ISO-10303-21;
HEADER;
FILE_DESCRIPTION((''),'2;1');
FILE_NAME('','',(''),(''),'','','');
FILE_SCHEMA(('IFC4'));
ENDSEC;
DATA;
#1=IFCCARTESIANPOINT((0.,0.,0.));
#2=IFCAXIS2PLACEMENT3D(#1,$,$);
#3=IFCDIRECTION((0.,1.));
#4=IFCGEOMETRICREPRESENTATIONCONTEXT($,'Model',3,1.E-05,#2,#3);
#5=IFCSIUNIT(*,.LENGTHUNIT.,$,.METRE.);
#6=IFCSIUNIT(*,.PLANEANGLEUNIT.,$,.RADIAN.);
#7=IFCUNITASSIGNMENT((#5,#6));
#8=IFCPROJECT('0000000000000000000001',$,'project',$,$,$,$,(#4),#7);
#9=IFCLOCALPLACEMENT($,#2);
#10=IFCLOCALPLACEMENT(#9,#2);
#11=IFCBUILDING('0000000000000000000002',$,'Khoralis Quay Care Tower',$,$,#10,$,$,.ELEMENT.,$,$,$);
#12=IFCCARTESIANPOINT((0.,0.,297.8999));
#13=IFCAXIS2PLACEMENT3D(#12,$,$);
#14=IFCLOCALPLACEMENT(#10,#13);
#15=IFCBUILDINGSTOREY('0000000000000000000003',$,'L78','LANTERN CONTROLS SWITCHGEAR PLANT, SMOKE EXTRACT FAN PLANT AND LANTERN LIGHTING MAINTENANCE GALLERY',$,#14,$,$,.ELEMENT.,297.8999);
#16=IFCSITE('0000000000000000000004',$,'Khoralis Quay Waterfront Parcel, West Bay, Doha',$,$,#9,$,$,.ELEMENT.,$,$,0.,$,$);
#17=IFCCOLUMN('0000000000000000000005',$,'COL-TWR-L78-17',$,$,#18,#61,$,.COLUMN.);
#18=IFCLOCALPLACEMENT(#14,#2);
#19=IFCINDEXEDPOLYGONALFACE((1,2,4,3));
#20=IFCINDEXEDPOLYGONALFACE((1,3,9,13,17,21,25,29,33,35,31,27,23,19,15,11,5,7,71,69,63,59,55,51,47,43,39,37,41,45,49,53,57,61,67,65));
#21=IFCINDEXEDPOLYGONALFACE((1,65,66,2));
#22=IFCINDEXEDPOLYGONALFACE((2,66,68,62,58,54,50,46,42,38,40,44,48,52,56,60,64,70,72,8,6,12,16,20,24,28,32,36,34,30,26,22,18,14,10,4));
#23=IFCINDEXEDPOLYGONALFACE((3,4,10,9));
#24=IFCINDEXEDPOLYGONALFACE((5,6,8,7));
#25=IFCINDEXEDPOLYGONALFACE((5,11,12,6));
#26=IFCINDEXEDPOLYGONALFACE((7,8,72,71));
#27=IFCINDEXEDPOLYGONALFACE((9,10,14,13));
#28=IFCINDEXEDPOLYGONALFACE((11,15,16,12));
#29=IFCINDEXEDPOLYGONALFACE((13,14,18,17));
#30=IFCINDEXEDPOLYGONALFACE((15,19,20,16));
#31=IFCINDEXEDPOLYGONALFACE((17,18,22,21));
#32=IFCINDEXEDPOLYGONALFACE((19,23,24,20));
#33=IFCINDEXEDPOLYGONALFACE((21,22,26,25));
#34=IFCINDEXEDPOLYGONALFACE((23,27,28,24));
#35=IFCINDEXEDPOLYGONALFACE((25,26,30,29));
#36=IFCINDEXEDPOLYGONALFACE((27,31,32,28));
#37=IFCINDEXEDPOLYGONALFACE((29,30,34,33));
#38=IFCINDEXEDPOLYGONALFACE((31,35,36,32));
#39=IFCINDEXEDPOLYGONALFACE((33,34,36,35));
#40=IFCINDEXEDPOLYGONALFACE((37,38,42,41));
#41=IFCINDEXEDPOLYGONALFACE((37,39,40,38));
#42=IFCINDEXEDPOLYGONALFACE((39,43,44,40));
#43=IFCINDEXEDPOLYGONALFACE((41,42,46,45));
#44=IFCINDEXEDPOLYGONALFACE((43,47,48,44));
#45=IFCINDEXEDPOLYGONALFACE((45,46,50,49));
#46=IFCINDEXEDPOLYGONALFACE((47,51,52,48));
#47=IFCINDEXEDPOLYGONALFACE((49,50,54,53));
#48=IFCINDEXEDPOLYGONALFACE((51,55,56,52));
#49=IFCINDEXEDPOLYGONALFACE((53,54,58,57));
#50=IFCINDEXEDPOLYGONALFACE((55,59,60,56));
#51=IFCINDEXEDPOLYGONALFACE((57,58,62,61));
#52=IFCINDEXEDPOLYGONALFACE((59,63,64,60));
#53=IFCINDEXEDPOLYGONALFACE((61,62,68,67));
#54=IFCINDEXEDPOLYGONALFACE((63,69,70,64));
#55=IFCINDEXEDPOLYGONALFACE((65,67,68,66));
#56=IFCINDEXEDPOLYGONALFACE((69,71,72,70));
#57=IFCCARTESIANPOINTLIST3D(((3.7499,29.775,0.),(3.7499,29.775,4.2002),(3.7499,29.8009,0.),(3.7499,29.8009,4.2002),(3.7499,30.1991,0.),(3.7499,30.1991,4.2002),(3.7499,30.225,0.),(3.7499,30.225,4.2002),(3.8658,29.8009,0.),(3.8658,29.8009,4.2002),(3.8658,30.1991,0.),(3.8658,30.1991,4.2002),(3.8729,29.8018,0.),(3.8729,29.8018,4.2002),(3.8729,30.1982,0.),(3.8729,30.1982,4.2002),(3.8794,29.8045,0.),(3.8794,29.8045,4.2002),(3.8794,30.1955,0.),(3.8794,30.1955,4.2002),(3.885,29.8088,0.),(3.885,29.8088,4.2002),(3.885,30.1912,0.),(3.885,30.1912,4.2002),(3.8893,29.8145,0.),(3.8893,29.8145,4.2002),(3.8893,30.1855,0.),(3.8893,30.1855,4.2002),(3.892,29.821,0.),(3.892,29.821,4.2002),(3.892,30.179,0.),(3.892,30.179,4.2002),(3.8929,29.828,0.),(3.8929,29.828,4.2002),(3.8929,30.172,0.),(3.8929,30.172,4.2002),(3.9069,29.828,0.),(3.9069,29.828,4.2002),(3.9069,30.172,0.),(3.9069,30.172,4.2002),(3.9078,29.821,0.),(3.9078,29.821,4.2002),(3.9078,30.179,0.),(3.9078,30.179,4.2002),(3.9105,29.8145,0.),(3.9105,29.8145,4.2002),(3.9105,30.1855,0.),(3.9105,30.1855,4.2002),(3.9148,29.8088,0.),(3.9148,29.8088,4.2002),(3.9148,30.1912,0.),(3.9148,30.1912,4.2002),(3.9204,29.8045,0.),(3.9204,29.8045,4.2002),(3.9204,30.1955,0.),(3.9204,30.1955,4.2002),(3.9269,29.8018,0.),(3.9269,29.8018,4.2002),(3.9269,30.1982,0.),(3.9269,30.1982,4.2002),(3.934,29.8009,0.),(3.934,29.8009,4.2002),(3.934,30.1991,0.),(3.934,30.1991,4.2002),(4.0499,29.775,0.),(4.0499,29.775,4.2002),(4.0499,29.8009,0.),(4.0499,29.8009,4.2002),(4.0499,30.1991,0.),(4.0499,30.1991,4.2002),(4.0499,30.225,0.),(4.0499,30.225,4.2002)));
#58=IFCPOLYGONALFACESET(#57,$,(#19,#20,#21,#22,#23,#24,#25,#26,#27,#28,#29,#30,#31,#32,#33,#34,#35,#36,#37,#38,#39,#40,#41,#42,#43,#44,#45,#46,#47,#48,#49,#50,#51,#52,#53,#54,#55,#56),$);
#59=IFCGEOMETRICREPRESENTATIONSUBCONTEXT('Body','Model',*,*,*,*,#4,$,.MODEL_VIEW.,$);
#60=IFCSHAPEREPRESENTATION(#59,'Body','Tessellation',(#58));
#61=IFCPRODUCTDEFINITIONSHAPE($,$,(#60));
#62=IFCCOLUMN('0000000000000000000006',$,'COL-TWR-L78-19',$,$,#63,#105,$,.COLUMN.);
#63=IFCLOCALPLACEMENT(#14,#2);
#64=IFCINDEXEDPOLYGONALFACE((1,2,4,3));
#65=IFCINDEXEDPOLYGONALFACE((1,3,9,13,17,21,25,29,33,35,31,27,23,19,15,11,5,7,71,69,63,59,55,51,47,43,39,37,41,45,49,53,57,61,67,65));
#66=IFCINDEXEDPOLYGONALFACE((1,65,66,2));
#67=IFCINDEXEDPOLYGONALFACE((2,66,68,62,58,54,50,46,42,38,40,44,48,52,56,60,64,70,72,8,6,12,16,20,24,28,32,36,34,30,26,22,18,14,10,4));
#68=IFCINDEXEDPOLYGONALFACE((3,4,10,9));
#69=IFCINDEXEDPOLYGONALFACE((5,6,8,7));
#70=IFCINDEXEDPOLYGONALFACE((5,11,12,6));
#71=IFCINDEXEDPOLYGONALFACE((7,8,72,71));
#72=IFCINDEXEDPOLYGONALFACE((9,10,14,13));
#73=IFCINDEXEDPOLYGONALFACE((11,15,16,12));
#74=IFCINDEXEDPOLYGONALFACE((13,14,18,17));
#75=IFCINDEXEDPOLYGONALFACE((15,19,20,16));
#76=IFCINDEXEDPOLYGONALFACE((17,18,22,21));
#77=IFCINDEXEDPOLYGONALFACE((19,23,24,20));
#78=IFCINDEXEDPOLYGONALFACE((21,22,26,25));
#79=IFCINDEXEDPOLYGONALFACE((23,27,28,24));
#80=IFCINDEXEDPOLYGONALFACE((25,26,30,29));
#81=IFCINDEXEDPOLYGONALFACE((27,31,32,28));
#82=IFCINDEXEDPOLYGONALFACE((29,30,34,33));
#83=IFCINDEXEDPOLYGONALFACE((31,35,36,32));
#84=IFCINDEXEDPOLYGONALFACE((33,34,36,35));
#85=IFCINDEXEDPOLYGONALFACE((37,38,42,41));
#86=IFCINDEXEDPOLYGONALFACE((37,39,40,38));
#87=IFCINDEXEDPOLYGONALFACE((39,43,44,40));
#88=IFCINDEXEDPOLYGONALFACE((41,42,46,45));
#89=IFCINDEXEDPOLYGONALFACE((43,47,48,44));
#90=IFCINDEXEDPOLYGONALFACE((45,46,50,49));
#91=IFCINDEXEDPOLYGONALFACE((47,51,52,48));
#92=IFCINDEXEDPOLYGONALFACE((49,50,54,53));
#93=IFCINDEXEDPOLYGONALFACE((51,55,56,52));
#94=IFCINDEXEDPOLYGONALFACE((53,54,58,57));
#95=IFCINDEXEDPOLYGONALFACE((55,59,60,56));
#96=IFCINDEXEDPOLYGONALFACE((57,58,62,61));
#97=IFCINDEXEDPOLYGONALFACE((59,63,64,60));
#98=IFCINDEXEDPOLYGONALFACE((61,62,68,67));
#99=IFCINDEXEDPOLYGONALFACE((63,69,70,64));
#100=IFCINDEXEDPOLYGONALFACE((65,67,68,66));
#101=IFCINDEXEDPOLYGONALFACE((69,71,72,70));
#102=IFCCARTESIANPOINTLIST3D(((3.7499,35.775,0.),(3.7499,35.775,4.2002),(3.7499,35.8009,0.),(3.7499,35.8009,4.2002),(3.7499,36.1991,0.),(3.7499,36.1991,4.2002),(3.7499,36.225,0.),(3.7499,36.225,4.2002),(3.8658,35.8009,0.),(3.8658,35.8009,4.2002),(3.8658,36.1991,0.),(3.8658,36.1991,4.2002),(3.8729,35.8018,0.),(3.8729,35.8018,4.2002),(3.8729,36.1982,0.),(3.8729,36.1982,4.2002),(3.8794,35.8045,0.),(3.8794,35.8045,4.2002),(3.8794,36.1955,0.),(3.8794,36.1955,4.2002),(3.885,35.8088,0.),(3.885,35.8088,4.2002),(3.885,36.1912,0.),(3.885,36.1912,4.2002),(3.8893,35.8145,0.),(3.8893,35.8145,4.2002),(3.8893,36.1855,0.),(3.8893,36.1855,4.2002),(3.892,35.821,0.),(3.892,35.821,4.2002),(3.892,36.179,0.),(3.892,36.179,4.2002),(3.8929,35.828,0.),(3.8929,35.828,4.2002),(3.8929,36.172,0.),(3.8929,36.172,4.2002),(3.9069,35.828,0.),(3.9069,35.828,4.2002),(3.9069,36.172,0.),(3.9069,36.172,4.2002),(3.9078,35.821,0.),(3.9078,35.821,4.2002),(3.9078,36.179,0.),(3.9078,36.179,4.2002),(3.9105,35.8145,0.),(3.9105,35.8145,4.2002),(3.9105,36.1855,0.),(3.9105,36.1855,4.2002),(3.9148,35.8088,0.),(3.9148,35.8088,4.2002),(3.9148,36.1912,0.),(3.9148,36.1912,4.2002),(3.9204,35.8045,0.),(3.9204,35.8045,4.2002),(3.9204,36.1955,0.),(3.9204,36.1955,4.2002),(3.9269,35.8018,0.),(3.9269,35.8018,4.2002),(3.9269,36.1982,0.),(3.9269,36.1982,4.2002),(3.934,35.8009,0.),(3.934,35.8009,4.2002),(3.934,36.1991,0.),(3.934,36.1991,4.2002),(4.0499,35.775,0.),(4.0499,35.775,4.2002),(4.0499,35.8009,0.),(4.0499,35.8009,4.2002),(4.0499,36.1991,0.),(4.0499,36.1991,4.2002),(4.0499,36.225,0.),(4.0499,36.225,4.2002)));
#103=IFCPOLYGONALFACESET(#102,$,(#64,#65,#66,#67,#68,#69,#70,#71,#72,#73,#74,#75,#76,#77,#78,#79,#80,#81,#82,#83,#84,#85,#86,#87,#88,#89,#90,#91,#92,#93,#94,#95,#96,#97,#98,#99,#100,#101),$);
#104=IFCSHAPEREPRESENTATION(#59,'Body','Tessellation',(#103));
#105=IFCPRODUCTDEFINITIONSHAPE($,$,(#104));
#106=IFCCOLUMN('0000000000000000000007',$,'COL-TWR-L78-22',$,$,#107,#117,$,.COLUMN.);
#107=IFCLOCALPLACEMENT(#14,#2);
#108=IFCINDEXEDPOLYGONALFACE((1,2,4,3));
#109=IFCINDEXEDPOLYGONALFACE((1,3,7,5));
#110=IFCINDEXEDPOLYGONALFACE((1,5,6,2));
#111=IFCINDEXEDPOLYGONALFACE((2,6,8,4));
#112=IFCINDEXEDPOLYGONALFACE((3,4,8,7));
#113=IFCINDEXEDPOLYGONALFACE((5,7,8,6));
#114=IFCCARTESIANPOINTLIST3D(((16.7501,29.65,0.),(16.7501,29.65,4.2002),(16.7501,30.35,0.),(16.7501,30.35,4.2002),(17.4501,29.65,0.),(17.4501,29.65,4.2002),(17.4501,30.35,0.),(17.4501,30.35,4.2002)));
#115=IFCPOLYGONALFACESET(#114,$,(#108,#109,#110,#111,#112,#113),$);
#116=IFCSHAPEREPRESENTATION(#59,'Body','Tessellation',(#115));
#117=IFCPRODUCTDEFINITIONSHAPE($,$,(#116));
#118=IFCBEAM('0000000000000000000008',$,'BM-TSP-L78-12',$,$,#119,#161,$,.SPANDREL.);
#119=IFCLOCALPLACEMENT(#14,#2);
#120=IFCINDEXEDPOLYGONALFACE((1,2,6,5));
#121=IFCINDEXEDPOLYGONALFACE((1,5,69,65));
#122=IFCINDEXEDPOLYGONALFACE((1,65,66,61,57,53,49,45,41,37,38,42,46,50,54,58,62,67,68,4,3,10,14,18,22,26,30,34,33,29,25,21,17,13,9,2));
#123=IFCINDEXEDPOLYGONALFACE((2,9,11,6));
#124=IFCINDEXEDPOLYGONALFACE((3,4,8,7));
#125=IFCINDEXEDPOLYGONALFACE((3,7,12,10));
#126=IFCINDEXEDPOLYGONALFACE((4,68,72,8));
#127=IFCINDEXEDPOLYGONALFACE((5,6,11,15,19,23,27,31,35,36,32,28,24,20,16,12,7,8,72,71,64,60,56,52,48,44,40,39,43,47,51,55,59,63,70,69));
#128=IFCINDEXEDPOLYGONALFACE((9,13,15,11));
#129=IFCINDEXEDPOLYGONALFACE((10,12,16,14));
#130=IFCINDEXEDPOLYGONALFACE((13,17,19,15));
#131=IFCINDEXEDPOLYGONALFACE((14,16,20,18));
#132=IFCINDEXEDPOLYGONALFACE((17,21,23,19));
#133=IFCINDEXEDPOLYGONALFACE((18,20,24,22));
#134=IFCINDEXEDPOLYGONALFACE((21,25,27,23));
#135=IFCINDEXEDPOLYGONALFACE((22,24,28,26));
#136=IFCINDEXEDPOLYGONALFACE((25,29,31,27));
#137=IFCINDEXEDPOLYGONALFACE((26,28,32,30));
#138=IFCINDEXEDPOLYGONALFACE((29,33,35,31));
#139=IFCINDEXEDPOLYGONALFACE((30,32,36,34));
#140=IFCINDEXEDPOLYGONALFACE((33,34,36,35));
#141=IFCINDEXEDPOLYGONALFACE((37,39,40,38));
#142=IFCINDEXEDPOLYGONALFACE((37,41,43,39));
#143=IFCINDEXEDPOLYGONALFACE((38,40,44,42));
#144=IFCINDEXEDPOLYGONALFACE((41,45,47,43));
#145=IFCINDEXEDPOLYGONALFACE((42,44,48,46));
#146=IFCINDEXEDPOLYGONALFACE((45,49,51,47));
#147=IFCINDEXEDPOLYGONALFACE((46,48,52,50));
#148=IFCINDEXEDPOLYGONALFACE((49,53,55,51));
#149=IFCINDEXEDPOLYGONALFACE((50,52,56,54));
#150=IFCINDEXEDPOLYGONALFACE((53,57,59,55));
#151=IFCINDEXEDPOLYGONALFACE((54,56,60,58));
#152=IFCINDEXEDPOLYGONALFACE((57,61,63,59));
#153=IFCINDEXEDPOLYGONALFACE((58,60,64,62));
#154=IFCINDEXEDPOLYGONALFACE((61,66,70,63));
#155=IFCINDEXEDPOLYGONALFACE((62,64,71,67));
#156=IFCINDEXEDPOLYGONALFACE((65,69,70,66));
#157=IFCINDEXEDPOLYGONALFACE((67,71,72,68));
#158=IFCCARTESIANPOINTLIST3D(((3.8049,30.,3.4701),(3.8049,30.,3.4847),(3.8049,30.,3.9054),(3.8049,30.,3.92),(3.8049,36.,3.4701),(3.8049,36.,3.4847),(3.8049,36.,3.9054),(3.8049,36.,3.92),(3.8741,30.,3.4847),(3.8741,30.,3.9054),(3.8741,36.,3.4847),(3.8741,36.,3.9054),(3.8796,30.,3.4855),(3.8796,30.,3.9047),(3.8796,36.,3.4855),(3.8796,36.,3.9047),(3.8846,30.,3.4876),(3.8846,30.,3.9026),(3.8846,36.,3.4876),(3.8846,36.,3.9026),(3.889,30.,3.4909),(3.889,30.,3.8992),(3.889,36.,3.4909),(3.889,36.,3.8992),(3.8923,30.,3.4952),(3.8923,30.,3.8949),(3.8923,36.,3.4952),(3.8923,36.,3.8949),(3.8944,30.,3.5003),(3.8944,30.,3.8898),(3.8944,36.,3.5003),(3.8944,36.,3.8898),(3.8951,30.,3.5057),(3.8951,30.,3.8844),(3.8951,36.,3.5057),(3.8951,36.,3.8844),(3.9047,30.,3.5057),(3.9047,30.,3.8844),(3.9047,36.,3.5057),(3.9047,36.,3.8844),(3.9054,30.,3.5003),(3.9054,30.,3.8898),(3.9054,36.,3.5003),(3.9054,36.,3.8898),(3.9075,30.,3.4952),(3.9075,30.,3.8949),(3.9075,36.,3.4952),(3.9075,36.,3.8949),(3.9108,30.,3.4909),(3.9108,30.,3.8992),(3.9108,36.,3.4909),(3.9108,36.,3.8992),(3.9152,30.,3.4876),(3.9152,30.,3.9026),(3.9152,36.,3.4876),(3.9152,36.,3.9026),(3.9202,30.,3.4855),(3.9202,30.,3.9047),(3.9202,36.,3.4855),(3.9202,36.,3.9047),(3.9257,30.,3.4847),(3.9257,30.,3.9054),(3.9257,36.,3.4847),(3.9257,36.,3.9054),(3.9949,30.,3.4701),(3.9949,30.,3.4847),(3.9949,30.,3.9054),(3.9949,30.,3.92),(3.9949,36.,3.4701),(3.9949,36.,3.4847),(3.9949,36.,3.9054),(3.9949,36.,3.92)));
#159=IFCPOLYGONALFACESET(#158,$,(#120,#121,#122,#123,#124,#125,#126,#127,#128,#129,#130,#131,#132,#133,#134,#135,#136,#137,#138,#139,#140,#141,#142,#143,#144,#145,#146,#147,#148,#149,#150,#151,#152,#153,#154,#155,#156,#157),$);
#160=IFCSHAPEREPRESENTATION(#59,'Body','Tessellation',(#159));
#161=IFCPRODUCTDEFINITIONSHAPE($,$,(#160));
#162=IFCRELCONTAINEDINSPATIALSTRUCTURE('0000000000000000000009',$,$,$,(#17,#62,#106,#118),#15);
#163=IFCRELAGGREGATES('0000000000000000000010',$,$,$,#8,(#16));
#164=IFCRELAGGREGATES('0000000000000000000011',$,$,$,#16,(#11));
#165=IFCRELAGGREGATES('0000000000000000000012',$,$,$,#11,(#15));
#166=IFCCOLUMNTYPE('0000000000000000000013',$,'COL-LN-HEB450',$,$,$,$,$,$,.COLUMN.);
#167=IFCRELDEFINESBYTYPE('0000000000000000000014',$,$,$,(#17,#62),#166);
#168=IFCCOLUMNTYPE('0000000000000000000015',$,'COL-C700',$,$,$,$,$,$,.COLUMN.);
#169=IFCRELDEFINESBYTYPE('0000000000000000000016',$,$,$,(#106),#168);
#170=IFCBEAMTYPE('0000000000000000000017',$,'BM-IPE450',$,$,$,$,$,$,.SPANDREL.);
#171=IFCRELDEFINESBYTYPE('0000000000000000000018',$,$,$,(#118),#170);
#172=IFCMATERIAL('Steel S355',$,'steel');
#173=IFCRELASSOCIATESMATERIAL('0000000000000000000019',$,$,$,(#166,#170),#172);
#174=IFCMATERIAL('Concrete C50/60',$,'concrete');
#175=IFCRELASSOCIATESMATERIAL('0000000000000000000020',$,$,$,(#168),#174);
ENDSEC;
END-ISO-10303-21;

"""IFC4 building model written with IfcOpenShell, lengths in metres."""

from ifc_helpers import new_model, si_unit, direction, frame, origin, origin_2d, place, context, subcontext, project, spatial, rectangle, i_section, extrude, source, transform, mapped, material, material_profile, profile_set, type_object, element, save


model = new_model("IFC4")

# Units and contexts
model_context = context("Model", 3, precision=1e-05, world=origin(), true_north=direction((0.0, 1.0)))
body_context = subcontext(model_context, "Body", "Model", "MODEL_VIEW")
ifc_project = project(units=[si_unit("LENGTHUNIT", "METRE"), si_unit("PLANEANGLEUNIT", "RADIAN")], contexts=[model_context])

# Site, building, storey
site_placement = place(None, origin())
site = spatial("IfcSite", under=ifc_project, at=site_placement, Name="Khoralis Quay Waterfront Parcel, West Bay, Doha", CompositionType="ELEMENT", RefElevation=0.0)
building_placement = place(site_placement, origin())
building = spatial("IfcBuilding", under=site, at=building_placement, Name="Khoralis Quay Care Tower", CompositionType="ELEMENT")
storey_placement = place(building_placement, frame((0.0, 0.0, 297.8999)))
storey = spatial("IfcBuildingStorey", under=building, at=storey_placement, Name="L78", Description="LANTERN CONTROLS SWITCHGEAR PLANT, SMOKE EXTRACT FAN PLANT AND LANTERN LIGHTING MAINTENANCE GALLERY", CompositionType="ELEMENT", Elevation=297.8999)

# Columns
ifc_material_1 = material(Name="Steel S355", Category="steel")
ifc_material_profile_1 = material_profile(ifc_material_1, i_section(OverallWidth=0.3, OverallDepth=0.45, WebThickness=0.0139, FlangeThickness=0.0259, FilletRadius=0.0271, at=origin_2d()), Name="Steel S355")
ifc_profile_set_1 = profile_set([ifc_material_profile_1], Name="Steel S355")
column_type_1 = type_object("IfcColumnType", Name="COL-LN-HEB450", PredefinedType="COLUMN", material=ifc_profile_set_1)
shared_shape_1 = source(origin(), body_context, "Body", "SweptSolid", [
    extrude(i_section(OverallWidth=0.3, OverallDepth=0.45, WebThickness=0.0139, FlangeThickness=0.0259, FilletRadius=0.0271, at=origin_2d()), origin(), (0.0, 0.0, 1.0), 4.2002),
])
for number, where, z_axis, x_axis, name in (
    (1, (3.8999, 30.0, 0.0), (0.0, 0.0, 1.0), (1.0, 0.0, 0.0), "COL-TWR-L78-17"),
    (2, (3.8999, 36.0, 0.0), (0.0, 0.0, 1.0), (1.0, 0.0, 0.0), "COL-TWR-L78-19"),
):
    element("IfcColumn", number, at=place(storey_placement, frame(where, z_axis=z_axis, x_axis=x_axis)), inside=storey, type_object=column_type_1, Name=name, PredefinedType="COLUMN", context=body_context, shape_type="MappedRepresentation", body=[
        mapped(shared_shape_1, transform((0.0, 0.0, 0.0), scale=1.0)),
    ])
ifc_material_2 = material(Name="Concrete C50/60", Category="concrete")
ifc_material_profile_2 = material_profile(ifc_material_2, rectangle(XDim=0.7, YDim=0.7, at=origin_2d()), Name="Concrete C50/60")
ifc_profile_set_2 = profile_set([ifc_material_profile_2], Name="Concrete C50/60")
column_type_2 = type_object("IfcColumnType", Name="COL-C700", PredefinedType="COLUMN", material=ifc_profile_set_2)
shared_shape_2 = source(origin(), body_context, "Body", "SweptSolid", [
    extrude(rectangle(XDim=0.7, YDim=0.7, at=origin_2d()), origin(), (0.0, 0.0, 1.0), 4.2002),
])
column_placement = place(storey_placement, frame((17.1001, 30.0, 0.0), z_axis=(0.0, 0.0, 1.0), x_axis=(1.0, 0.0, 0.0)))
element("IfcColumn", 3, at=column_placement, inside=storey, type_object=column_type_2, Name="COL-TWR-L78-22", PredefinedType="COLUMN", context=body_context, shape_type="MappedRepresentation", body=[
    mapped(shared_shape_2, transform((0.0, 0.0, 0.0), scale=1.0)),
])

# Beam
ifc_material_profile_3 = material_profile(ifc_material_1, i_section(OverallWidth=0.1899, OverallDepth=0.45, WebThickness=0.0095, FlangeThickness=0.0146, FilletRadius=0.021, at=origin_2d()), Name="Steel S355")
ifc_profile_set_3 = profile_set([ifc_material_profile_3], Name="Steel S355")
beam_type_1 = type_object("IfcBeamType", Name="BM-IPE450", PredefinedType="SPANDREL", material=ifc_profile_set_3)
shared_shape_3 = source(origin(), body_context, "Body", "SweptSolid", [
    extrude(i_section(OverallWidth=0.1899, OverallDepth=0.45, WebThickness=0.0095, FlangeThickness=0.0146, FilletRadius=0.021, at=origin_2d()), origin(), (0.0, 0.0, 1.0), 6.0),
])
beam_1_placement = place(storey_placement, frame((3.8999, 30.0, 3.6951), z_axis=(0.0, 1.0, 0.0), x_axis=(-1.0, 0.0, 0.0)))
element("IfcBeam", 4, at=beam_1_placement, inside=storey, type_object=beam_type_1, Name="BM-TSP-L78-12", PredefinedType="SPANDREL", context=body_context, shape_type="MappedRepresentation", body=[
    mapped(shared_shape_3, transform((0.0, 0.0, 0.0), scale=1.0)),
])

save(model, "model.ifc")
